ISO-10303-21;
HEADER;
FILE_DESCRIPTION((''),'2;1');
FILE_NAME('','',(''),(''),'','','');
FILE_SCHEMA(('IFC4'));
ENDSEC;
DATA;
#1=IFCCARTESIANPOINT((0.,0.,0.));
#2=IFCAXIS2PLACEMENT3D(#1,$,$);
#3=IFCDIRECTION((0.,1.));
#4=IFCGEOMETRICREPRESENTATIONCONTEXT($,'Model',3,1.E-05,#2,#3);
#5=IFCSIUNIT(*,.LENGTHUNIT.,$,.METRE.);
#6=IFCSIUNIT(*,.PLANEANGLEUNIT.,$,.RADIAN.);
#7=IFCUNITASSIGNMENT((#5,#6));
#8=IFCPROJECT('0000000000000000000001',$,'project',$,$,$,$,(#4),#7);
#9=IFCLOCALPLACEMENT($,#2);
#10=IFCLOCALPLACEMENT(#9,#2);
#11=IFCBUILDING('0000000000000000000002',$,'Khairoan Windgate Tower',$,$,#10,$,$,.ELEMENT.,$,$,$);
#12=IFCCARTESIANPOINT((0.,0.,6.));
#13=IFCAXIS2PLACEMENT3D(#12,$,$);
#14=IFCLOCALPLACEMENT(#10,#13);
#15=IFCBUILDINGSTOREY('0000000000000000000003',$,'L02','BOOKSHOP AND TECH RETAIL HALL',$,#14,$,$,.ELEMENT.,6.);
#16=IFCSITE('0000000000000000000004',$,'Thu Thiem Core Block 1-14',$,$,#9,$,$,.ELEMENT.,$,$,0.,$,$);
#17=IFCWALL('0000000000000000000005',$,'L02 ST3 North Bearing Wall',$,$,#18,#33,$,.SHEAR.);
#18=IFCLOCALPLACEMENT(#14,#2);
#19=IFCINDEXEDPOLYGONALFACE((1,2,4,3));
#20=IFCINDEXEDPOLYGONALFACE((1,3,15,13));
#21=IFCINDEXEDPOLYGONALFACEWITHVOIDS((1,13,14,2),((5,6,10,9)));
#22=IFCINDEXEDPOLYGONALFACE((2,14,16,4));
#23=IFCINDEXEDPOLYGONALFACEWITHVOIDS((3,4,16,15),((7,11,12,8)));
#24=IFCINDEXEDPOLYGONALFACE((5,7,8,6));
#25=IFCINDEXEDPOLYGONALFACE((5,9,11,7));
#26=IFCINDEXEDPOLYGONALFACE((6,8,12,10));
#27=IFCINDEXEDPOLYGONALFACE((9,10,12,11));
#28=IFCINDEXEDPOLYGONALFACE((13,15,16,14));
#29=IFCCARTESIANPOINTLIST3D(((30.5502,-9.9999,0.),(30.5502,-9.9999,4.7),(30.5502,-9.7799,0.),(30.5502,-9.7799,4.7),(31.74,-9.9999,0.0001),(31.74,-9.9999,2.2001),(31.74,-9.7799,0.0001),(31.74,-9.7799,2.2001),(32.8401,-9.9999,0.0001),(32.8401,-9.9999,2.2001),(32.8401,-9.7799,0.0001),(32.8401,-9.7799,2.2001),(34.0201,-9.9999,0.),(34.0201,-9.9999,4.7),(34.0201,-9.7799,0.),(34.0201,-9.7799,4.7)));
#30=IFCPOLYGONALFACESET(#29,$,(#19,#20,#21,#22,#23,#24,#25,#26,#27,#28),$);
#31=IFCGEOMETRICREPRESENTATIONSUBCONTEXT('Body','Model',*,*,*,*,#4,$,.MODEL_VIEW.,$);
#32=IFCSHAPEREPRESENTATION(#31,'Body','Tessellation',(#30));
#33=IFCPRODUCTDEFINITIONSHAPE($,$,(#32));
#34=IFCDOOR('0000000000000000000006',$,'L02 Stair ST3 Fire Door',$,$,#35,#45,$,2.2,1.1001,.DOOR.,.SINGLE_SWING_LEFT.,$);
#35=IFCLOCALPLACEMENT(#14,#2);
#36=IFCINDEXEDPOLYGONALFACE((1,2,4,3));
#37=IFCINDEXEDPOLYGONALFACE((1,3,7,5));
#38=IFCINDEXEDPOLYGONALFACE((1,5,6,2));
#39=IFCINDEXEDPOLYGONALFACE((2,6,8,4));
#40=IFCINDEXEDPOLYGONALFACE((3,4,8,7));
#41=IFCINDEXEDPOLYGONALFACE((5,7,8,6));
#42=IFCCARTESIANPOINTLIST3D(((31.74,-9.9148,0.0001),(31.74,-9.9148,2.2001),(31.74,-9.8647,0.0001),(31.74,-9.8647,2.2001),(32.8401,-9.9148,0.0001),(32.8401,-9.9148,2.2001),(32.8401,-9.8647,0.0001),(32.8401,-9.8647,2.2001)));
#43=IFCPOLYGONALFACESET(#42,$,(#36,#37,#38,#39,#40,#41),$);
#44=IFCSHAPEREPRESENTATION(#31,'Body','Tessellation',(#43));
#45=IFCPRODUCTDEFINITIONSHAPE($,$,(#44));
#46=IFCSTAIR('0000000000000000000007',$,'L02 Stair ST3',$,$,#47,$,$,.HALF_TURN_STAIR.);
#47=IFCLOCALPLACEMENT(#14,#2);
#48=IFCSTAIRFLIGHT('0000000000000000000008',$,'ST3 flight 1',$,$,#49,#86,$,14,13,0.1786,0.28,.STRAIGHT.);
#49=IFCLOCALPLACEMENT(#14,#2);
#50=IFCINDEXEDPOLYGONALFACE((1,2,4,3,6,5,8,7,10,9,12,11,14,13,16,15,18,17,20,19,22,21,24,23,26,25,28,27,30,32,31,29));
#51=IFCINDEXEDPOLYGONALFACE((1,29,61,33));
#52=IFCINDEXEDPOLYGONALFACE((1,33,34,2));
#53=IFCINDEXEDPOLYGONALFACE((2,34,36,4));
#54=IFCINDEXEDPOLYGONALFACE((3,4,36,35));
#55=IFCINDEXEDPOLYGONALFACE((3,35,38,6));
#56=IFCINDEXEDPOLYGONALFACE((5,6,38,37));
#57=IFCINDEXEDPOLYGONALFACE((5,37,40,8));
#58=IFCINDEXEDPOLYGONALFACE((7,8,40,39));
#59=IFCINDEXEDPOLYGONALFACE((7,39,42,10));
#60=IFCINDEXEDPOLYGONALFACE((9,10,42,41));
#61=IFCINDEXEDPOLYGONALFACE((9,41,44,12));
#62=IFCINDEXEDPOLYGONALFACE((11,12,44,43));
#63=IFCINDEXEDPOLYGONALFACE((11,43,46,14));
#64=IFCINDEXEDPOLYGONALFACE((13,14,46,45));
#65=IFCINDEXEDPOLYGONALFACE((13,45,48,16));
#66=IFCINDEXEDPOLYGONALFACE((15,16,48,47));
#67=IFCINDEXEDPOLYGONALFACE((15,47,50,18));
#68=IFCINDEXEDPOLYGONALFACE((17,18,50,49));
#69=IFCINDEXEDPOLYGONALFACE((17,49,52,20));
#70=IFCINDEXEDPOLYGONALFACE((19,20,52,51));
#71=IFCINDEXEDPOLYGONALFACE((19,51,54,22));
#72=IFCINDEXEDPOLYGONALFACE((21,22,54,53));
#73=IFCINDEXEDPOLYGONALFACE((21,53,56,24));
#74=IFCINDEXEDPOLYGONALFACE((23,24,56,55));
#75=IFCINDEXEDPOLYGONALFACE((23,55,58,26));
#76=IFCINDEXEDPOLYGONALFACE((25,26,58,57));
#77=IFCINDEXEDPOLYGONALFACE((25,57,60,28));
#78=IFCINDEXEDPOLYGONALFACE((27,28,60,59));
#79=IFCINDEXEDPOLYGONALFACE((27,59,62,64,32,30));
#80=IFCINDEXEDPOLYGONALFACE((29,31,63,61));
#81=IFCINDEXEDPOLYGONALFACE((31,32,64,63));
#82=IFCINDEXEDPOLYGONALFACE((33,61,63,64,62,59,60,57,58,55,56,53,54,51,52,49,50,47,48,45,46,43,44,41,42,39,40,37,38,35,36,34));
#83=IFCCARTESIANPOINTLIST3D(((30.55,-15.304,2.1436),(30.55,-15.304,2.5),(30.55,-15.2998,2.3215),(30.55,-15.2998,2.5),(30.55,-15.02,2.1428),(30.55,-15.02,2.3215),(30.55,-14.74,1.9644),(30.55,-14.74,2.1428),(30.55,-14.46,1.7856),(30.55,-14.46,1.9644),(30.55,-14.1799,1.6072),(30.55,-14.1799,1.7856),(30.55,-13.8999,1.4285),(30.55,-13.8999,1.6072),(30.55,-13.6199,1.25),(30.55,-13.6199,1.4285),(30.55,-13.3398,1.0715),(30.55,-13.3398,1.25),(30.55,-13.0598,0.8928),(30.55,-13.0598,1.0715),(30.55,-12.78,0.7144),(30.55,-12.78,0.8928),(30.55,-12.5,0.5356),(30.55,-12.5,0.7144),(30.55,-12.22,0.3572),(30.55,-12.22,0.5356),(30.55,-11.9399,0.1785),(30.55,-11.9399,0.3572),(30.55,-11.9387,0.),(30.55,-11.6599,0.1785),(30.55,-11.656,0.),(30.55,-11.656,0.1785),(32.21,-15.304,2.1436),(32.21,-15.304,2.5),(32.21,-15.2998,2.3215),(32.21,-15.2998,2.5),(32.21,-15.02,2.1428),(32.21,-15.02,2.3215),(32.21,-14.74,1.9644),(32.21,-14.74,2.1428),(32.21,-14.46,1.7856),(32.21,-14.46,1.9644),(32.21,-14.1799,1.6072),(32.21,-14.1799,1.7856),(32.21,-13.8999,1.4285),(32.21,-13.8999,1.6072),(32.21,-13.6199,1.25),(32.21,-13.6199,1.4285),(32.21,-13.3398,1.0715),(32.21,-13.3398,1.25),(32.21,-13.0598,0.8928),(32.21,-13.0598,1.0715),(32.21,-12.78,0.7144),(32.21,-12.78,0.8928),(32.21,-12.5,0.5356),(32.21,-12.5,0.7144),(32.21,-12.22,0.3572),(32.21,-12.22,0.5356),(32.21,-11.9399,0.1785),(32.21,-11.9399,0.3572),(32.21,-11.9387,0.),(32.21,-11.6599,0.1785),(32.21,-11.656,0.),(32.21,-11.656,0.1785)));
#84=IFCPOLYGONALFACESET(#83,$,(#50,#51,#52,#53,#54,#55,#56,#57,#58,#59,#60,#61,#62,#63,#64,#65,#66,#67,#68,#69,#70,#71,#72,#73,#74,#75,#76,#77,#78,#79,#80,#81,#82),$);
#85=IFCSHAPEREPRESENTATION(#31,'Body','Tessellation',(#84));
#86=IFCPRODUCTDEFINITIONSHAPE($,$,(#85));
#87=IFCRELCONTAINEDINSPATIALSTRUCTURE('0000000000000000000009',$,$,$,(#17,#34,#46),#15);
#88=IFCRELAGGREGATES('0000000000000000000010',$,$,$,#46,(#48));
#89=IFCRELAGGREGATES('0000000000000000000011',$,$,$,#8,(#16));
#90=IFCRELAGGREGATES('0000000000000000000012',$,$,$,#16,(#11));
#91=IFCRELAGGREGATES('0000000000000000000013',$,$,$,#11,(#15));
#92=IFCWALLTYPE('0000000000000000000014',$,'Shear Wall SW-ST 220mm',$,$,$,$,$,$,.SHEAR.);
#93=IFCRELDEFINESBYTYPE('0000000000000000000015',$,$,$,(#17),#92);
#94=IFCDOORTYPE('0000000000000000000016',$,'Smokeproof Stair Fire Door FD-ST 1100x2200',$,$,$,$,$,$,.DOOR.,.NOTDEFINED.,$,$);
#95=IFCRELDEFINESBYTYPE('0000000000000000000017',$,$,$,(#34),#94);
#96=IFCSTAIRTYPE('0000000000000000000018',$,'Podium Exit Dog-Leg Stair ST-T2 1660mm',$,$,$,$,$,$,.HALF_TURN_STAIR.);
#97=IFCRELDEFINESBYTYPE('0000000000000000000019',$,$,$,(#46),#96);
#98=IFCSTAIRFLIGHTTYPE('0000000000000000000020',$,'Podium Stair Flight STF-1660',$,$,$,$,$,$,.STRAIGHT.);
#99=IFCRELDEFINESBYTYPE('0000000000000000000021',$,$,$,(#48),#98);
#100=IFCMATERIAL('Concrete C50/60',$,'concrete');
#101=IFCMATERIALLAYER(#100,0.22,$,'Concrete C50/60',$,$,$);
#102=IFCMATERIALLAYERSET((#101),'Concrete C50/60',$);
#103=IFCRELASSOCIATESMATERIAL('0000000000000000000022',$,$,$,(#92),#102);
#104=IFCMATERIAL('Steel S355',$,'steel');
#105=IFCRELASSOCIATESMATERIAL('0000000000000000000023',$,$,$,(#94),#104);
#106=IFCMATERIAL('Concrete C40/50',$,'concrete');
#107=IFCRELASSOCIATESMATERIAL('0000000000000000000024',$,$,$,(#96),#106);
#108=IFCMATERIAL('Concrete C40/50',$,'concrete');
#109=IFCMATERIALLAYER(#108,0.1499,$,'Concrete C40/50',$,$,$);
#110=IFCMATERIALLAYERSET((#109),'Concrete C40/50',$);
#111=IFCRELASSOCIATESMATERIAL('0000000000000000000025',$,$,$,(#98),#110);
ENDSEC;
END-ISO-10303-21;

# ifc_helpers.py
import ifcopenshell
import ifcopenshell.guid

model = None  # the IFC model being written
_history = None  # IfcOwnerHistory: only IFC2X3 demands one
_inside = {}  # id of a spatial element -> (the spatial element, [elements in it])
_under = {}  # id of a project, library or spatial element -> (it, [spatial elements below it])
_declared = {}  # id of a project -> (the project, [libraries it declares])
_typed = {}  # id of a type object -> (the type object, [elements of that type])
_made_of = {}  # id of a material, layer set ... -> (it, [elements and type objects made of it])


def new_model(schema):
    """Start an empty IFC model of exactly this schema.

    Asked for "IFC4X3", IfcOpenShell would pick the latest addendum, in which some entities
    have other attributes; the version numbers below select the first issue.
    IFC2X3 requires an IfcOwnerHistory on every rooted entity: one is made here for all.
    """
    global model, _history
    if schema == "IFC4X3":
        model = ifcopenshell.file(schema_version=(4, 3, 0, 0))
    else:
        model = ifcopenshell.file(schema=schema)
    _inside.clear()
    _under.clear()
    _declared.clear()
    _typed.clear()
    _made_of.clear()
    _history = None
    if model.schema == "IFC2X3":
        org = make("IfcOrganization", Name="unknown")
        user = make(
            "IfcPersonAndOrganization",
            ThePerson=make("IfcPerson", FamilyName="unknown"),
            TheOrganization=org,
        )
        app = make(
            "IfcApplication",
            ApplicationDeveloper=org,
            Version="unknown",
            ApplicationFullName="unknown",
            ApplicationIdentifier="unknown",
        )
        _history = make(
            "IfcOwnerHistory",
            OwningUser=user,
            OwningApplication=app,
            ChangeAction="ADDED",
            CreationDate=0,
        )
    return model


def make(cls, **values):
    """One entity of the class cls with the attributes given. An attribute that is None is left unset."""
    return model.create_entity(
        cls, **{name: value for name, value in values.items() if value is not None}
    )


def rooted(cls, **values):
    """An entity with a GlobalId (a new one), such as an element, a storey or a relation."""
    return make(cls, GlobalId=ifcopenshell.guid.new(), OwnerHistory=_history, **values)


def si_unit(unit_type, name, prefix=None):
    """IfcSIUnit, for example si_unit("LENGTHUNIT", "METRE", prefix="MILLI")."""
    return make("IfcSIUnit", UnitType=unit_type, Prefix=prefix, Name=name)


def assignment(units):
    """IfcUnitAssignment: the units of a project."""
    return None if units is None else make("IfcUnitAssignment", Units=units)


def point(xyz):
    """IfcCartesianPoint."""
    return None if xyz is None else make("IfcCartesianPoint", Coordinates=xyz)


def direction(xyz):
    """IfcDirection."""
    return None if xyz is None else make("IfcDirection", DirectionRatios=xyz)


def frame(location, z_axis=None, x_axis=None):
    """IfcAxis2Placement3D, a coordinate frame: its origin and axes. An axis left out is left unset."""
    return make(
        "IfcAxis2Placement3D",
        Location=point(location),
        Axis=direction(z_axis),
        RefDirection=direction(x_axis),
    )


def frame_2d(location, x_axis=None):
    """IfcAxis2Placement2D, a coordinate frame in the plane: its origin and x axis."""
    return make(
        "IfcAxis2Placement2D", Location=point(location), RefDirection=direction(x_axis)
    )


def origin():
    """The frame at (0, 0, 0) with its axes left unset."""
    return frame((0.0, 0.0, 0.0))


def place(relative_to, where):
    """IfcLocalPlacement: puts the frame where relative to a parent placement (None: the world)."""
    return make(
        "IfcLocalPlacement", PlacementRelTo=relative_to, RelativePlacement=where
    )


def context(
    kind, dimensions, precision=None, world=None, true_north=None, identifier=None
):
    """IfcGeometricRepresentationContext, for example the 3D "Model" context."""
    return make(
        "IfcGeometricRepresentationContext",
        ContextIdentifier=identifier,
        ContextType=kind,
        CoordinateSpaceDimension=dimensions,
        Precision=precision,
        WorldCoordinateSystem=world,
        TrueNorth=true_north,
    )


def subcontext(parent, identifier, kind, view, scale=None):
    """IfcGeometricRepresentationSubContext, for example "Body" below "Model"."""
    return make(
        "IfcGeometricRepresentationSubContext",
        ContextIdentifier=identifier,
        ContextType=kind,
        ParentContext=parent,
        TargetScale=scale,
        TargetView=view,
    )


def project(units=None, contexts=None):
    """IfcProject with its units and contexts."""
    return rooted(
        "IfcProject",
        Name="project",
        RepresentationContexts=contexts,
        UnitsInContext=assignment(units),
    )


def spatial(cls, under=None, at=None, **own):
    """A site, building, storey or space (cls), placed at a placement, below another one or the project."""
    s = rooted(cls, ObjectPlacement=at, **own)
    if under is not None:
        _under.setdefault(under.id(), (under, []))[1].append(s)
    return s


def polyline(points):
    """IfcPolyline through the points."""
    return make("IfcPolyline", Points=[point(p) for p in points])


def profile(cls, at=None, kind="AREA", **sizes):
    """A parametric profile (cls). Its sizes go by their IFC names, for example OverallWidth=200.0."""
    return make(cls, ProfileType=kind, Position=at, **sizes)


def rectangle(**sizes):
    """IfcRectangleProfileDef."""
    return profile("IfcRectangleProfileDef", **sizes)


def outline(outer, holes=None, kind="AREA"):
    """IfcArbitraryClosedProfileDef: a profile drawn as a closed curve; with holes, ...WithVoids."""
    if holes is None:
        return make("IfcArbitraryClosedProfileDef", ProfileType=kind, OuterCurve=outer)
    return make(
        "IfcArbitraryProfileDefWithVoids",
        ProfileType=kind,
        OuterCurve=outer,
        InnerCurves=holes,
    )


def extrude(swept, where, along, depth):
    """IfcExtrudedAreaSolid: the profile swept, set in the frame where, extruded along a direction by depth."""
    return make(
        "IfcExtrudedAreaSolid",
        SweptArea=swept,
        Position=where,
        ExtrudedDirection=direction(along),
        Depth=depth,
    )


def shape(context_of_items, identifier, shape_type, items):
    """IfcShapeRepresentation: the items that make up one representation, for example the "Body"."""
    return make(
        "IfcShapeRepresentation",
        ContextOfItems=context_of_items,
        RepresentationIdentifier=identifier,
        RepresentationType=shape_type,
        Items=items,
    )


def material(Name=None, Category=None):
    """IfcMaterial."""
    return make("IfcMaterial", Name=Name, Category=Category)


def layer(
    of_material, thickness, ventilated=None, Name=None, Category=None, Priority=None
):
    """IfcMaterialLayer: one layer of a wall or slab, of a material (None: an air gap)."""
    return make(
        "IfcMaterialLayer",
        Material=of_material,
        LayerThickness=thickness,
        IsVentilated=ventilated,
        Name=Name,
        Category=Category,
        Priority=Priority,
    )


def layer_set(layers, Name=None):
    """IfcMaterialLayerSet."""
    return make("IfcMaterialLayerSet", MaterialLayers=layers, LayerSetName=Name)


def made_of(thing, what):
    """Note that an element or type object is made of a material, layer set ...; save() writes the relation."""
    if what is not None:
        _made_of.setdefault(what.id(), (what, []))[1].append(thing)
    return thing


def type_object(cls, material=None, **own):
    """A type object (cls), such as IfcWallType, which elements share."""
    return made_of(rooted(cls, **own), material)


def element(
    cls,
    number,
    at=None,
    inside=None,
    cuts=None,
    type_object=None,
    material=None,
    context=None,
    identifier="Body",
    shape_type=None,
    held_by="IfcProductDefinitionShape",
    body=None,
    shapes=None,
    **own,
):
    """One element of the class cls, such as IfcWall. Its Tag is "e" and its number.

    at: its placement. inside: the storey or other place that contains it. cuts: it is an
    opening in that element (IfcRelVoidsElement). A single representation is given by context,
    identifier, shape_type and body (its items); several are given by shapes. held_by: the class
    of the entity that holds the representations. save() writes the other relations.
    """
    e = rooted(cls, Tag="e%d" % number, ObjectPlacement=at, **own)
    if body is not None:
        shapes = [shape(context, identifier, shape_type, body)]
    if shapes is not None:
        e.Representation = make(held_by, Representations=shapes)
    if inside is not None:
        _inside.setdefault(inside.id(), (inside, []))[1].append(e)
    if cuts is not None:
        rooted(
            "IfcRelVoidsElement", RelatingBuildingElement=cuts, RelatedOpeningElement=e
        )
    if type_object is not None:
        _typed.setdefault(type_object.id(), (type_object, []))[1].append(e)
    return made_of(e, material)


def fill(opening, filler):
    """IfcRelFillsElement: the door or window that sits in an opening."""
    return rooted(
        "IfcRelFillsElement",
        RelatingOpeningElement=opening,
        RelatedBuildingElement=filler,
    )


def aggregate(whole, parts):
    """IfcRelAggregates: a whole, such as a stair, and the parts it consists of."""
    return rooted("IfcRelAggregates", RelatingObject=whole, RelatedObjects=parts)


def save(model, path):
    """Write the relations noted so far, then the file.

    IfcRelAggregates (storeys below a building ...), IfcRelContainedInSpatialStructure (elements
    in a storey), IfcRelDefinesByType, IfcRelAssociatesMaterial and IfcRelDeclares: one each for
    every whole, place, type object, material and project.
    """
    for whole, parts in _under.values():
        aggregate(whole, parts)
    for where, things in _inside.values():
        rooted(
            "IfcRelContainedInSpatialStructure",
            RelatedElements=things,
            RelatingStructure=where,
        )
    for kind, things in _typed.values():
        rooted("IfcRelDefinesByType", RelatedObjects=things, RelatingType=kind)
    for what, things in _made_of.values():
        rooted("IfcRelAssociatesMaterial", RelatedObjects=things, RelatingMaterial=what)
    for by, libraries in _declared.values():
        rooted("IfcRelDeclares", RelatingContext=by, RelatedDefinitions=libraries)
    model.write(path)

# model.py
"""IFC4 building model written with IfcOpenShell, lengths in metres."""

from ifc_helpers import new_model, si_unit, direction, frame, frame_2d, origin, place, context, subcontext, project, spatial, polyline, rectangle, outline, extrude, material, layer, layer_set, type_object, element, fill, aggregate, save


model = new_model("IFC4")

# Units and contexts
model_context = context("Model", 3, precision=1e-05, world=origin(), true_north=direction((0.0, 1.0)))
body_context = subcontext(model_context, "Body", "Model", "MODEL_VIEW")
ifc_project = project(units=[si_unit("LENGTHUNIT", "METRE"), si_unit("PLANEANGLEUNIT", "RADIAN")], contexts=[model_context])

# Site, building, storey
site_placement = place(None, origin())
site = spatial("IfcSite", under=ifc_project, at=site_placement, Name="Thu Thiem Core Block 1-14", CompositionType="ELEMENT", RefElevation=0.0)
building_placement = place(site_placement, origin())
building = spatial("IfcBuilding", under=site, at=building_placement, Name="Khairoan Windgate Tower", CompositionType="ELEMENT")
storey_placement = place(building_placement, frame((0.0, 0.0, 6.0)))
storey = spatial("IfcBuildingStorey", under=building, at=storey_placement, Name="L02", Description="BOOKSHOP AND TECH RETAIL HALL", CompositionType="ELEMENT", Elevation=6.0)

# Wall, opening, door
ifc_material_1 = material(Name="Concrete C50/60", Category="concrete")
ifc_layer_1 = layer(ifc_material_1, 0.22, Name="Concrete C50/60")
ifc_layer_set_1 = layer_set([ifc_layer_1], Name="Concrete C50/60")
wall_type_1 = type_object("IfcWallType", Name="Shear Wall SW-ST 220mm", PredefinedType="SHEAR", material=ifc_layer_set_1)
wall_1_placement = place(storey_placement, frame((34.02, -9.8899, 0.0), z_axis=(0.0, 0.0, 1.0), x_axis=(-1.0, 0.0, 0.0)))
wall_1 = element("IfcWall", 1, at=wall_1_placement, inside=storey, type_object=wall_type_1, Name="L02 ST3 North Bearing Wall", PredefinedType="SHEAR", context=body_context, shape_type="SweptSolid", body=[
    extrude(rectangle(XDim=3.47, YDim=0.22, at=frame_2d((1.7349, 0.0))), origin(), (0.0, 0.0, 1.0), 4.7),
])
opening_placement = place(wall_1_placement, frame((1.1799, 0.0, 0.0)))
opening = element("IfcOpeningElement", 2, at=opening_placement, cuts=wall_1, PredefinedType="OPENING", context=body_context, shape_type="SweptSolid", body=[
    extrude(rectangle(XDim=1.1001, YDim=2.2, at=frame_2d((0.55, 1.1001))), frame((0.0, 0.1199, 0.0), z_axis=(0.0, -1.0, 0.0), x_axis=(1.0, 0.0, 0.0)), (0.0, 0.0, 1.0), 0.24),
])
ifc_material_2 = material(Name="Steel S355", Category="steel")
door_type = type_object("IfcDoorType", Name="Smokeproof Stair Fire Door FD-ST 1100x2200", OperationType="NOTDEFINED", PredefinedType="DOOR", material=ifc_material_2)
door_placement = place(opening_placement, origin())
door = element("IfcDoor", 3, at=door_placement, inside=storey, type_object=door_type, Name="L02 Stair ST3 Fire Door", OperationType="SINGLE_SWING_LEFT", OverallHeight=2.2, OverallWidth=1.1001, PredefinedType="DOOR", context=body_context, shape_type="SweptSolid", body=[
    extrude(rectangle(XDim=1.1001, YDim=2.2, at=frame_2d((0.55, 1.1001))), frame((0.0, 0.0249, 0.0), z_axis=(0.0, -1.0, 0.0), x_axis=(1.0, 0.0, 0.0)), (0.0, 0.0, 1.0), 0.05),
])
fill(opening, door)

# Stair, stair flight
ifc_material_3 = material(Name="Concrete C40/50", Category="concrete")
stair_type = type_object("IfcStairType", Name="Podium Exit Dog-Leg Stair ST-T2 1660mm", PredefinedType="HALF_TURN_STAIR", material=ifc_material_3)
stair_placement = place(storey_placement, origin())
stair = element("IfcStair", 4, at=stair_placement, inside=storey, type_object=stair_type, Name="L02 Stair ST3", PredefinedType="HALF_TURN_STAIR")
ifc_material_4 = material(Name="Concrete C40/50", Category="concrete")
ifc_layer_2 = layer(ifc_material_4, 0.1499, Name="Concrete C40/50")
ifc_layer_set_2 = layer_set([ifc_layer_2], Name="Concrete C40/50")
stair_flight_type = type_object("IfcStairFlightType", Name="Podium Stair Flight STF-1660", PredefinedType="STRAIGHT", material=ifc_layer_set_2)
stair_flight_placement = place(storey_placement, frame((31.3799, -11.6599, 0.0), z_axis=(0.0, 0.0, 1.0), x_axis=(0.0, -1.0, 0.0)))
stair_flight = element("IfcStairFlight", 5, at=stair_flight_placement, type_object=stair_flight_type, Name="ST3 flight 1", NumberOfRisers=14, NumberOfTreads=13, PredefinedType="STRAIGHT", RiserHeight=0.1786, TreadLength=0.28, context=body_context, shape_type="SweptSolid", body=[
    extrude(outline(polyline([(-0.0039, 0.0), (-0.0039, 0.1785), (0.0, 0.1785), (0.28, 0.1785), (0.28, 0.3572), (0.5601, 0.3572), (0.5601, 0.5356), (0.8401, 0.5356), (0.8401, 0.7144), (1.1201, 0.7144), (1.1201, 0.8928), (1.3999, 0.8928), (1.3999, 1.0715), (1.6799, 1.0715), (1.6799, 1.25), (1.96, 1.25), (1.96, 1.4285), (2.24, 1.4285), (2.24, 1.6072), (2.52, 1.6072), (2.52, 1.7856), (2.8, 1.7856), (2.8, 1.9644), (3.0801, 1.9644), (3.0801, 2.1428), (3.3601, 2.1428), (3.3601, 2.3215), (3.6399, 2.3215), (3.6399, 2.5), (3.644, 2.5), (3.644, 2.1436), (0.2788, 0.0), (-0.0039, 0.0)])), frame((0.0, 0.8301, 0.0), z_axis=(0.0, -1.0, 0.0), x_axis=(1.0, 0.0, 0.0)), (0.0, 0.0, 1.0), 1.6599),
])
aggregate(stair, [stair_flight])

save(model, "model.ifc")
